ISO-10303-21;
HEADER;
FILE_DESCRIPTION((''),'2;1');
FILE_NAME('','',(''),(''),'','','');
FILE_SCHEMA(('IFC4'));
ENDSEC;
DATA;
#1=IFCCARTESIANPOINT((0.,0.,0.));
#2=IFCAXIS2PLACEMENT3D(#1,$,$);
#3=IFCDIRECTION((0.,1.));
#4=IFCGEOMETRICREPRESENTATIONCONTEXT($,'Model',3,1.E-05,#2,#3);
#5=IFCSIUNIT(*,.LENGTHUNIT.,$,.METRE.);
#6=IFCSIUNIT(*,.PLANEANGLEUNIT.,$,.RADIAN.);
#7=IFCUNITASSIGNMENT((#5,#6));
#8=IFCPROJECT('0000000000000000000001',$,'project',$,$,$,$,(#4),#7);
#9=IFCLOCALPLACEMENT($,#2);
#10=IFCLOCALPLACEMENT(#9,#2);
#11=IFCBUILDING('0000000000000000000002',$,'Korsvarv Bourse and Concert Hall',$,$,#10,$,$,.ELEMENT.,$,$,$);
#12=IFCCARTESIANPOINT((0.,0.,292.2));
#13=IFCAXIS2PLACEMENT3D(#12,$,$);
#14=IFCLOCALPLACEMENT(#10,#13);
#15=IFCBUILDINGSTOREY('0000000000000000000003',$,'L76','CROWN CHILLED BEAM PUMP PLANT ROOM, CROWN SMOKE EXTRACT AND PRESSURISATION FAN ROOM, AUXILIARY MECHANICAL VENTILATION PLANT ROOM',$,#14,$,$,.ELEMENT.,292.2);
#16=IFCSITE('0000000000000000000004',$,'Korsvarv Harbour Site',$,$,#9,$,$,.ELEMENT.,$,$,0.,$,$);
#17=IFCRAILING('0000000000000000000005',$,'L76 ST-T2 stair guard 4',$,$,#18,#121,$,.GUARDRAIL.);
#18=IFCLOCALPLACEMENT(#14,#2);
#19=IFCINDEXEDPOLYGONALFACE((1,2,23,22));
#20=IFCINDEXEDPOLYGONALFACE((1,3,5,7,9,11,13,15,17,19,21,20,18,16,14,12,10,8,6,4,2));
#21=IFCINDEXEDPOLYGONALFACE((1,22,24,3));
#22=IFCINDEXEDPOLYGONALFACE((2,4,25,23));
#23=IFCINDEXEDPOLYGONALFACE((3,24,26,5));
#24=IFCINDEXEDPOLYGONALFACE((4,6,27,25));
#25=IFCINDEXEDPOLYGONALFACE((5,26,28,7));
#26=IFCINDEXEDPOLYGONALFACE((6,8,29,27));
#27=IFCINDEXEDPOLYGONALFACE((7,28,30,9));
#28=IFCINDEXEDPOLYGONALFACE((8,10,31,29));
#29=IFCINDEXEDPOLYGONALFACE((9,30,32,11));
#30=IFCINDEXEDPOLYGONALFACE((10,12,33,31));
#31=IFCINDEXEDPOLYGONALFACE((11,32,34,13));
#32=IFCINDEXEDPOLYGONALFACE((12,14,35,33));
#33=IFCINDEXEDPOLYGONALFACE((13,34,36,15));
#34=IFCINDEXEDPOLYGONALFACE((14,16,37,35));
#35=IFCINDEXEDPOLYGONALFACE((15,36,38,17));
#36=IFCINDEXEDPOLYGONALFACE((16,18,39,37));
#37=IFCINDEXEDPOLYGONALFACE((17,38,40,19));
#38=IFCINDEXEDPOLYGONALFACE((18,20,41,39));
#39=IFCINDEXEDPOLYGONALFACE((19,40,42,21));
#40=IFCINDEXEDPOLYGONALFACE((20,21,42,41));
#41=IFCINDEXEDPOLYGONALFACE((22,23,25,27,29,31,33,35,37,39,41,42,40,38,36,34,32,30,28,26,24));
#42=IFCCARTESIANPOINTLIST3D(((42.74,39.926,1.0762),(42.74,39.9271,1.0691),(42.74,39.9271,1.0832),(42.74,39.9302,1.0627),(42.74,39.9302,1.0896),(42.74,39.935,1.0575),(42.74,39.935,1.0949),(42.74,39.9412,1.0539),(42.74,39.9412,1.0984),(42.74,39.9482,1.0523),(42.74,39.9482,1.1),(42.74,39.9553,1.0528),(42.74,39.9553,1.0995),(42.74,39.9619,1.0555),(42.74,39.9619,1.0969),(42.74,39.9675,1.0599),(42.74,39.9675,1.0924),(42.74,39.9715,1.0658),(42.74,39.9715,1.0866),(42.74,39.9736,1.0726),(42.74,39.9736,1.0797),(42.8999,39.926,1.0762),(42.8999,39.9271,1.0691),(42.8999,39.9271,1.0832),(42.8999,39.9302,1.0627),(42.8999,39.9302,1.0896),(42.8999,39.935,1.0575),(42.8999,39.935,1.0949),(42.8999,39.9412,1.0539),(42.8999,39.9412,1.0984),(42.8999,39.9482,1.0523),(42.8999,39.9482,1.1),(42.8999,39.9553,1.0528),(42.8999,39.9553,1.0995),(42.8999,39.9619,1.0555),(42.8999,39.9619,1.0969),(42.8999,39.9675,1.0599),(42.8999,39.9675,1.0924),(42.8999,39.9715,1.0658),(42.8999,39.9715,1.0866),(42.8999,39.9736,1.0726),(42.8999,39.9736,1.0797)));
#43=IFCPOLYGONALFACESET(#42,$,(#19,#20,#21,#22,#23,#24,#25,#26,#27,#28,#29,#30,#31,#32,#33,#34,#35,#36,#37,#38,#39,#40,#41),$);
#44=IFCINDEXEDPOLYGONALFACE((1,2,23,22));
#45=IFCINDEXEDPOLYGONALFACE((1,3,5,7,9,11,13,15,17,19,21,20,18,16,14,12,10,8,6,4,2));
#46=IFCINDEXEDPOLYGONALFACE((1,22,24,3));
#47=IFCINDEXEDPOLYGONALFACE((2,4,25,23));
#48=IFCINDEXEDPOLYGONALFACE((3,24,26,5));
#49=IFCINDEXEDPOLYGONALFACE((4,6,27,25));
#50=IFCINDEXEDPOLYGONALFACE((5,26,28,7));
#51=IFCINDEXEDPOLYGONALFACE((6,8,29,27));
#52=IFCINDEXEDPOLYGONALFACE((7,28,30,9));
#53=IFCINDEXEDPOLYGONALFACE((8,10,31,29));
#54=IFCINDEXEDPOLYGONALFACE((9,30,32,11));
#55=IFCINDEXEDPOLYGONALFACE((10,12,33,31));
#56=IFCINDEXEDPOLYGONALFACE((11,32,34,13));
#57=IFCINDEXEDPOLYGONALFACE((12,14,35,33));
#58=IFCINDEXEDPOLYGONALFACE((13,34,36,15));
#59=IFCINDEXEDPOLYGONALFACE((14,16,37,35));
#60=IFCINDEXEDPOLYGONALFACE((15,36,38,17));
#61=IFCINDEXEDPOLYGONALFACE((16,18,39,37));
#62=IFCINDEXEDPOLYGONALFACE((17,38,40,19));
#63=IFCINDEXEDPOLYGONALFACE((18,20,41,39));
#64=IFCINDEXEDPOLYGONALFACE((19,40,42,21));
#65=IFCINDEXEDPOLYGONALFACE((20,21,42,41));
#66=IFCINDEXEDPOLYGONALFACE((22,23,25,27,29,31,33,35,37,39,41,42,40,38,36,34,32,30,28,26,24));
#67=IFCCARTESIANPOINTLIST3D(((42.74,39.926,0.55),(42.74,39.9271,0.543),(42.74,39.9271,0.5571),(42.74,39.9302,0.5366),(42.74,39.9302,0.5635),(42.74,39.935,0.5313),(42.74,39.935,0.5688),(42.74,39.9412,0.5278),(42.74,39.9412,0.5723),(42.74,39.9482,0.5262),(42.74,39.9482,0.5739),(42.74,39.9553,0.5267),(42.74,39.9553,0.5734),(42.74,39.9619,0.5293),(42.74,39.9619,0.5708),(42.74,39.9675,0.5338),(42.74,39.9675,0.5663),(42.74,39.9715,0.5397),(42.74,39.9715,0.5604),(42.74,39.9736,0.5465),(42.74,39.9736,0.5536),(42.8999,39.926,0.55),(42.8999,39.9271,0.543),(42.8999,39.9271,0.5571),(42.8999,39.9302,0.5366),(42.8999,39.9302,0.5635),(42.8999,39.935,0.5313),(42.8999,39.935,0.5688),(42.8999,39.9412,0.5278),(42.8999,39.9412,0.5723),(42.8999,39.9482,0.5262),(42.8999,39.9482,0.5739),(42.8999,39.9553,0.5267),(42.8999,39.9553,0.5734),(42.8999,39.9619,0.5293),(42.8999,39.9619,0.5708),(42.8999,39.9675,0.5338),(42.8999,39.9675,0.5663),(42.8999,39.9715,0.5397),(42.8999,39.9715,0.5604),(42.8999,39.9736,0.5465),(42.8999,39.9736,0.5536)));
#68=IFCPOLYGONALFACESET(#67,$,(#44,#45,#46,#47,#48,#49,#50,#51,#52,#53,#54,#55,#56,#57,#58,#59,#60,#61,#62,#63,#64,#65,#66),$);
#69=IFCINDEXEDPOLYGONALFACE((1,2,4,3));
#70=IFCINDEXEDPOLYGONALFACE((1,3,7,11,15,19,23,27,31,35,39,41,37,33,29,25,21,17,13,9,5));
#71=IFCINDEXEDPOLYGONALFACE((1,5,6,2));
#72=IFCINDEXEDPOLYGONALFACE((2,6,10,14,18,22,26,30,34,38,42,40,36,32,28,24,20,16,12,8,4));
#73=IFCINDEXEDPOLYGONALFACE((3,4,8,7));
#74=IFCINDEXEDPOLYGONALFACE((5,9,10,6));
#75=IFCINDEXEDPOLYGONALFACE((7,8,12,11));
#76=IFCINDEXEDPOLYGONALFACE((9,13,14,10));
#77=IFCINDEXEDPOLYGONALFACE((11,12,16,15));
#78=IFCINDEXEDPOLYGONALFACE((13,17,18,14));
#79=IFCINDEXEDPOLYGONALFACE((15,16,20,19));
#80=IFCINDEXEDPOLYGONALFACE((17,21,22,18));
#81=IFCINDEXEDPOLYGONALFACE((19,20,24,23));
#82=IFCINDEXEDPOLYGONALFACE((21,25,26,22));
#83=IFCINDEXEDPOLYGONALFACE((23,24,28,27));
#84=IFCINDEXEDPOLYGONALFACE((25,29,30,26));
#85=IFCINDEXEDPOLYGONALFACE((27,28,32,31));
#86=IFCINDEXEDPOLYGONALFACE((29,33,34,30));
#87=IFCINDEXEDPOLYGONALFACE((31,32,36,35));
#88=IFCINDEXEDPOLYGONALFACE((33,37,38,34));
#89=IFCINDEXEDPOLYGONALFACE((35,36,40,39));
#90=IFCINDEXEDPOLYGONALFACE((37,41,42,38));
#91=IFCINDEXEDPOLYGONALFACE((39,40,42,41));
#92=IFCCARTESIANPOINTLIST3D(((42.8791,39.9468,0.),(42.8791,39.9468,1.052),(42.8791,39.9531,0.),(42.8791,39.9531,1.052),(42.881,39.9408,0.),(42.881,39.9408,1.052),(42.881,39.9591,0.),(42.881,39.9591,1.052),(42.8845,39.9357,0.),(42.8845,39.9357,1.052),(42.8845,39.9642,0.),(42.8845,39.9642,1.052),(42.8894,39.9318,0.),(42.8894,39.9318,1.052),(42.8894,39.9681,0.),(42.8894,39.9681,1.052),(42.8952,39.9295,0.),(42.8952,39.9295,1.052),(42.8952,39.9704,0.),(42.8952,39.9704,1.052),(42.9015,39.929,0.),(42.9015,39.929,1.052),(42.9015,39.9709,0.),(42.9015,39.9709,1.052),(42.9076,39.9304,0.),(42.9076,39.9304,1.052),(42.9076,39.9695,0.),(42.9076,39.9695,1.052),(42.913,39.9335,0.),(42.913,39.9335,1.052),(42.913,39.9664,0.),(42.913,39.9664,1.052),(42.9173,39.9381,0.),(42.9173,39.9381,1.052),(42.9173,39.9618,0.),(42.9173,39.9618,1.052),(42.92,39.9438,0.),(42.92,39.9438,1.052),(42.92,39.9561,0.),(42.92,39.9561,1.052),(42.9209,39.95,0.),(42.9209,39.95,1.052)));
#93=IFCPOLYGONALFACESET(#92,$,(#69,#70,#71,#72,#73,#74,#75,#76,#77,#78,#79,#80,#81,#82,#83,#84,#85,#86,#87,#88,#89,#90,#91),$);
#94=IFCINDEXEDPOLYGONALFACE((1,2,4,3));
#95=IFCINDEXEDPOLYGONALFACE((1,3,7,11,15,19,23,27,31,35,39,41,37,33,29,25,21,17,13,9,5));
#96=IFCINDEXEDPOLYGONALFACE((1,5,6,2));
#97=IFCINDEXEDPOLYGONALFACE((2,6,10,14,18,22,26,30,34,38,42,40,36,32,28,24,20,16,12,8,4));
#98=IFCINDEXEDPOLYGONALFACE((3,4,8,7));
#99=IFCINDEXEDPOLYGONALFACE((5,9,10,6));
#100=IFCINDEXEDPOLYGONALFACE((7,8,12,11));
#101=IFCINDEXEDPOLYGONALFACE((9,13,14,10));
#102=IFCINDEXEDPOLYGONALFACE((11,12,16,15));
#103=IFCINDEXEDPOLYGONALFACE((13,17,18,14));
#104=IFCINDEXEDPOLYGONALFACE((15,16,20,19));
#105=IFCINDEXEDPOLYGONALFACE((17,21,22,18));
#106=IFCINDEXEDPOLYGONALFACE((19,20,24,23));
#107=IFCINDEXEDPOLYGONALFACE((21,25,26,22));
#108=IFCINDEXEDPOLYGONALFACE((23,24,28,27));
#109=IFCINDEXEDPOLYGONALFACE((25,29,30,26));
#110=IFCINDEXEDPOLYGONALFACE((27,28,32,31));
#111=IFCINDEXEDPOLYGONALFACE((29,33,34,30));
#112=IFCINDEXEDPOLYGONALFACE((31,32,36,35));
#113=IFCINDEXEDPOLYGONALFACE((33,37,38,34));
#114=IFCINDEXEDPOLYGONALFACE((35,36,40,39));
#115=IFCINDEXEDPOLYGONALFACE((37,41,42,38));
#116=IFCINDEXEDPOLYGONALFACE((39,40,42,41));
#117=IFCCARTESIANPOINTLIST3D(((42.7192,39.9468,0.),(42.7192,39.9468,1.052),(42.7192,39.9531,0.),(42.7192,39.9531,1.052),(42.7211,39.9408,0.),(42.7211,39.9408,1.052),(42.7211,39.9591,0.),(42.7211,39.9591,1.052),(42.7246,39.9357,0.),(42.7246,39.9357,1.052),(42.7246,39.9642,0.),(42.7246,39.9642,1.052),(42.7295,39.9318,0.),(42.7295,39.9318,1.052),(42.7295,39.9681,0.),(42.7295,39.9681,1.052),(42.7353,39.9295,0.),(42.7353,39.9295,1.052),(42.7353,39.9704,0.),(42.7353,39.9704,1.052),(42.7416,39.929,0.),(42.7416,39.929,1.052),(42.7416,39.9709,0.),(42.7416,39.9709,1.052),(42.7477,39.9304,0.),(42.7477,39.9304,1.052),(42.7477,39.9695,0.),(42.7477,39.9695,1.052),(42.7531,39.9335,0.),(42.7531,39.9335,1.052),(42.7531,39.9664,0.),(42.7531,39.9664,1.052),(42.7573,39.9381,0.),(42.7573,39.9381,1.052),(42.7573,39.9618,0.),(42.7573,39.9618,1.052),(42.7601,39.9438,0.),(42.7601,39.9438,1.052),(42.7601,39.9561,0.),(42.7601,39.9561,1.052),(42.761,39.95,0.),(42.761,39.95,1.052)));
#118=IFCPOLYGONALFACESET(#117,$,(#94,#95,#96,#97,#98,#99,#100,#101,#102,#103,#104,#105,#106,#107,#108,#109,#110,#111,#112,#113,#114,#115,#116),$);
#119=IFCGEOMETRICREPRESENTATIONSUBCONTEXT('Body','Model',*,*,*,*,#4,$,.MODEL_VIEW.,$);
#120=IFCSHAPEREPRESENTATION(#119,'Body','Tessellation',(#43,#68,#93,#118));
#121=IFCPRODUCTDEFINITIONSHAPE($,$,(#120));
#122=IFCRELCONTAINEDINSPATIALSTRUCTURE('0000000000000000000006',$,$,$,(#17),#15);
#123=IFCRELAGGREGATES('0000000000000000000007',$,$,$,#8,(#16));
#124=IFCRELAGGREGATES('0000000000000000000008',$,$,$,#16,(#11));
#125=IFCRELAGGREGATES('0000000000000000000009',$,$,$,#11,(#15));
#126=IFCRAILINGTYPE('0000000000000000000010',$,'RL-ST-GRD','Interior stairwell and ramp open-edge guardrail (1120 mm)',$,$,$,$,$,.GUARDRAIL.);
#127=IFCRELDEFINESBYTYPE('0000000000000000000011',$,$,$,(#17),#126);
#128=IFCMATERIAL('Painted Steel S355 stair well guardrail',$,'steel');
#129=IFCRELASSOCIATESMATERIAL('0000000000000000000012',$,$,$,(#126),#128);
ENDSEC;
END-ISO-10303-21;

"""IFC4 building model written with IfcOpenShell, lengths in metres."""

from ifc_helpers import new_model, si_unit, direction, frame, origin, origin_2d, place, context, subcontext, project, spatial, circle, extrude, material, type_object, element, save


model = new_model("IFC4")

# Units and contexts
model_context = context("Model", 3, precision=1e-05, world=origin(), true_north=direction((0.0, 1.0)))
body_context = subcontext(model_context, "Body", "Model", "MODEL_VIEW")
ifc_project = project(units=[si_unit("LENGTHUNIT", "METRE"), si_unit("PLANEANGLEUNIT", "RADIAN")], contexts=[model_context])

# Site, building, storey
site_placement = place(None, origin())
site = spatial("IfcSite", under=ifc_project, at=site_placement, Name="Korsvarv Harbour Site", CompositionType="ELEMENT", RefElevation=0.0)
building_placement = place(site_placement, origin())
building = spatial("IfcBuilding", under=site, at=building_placement, Name="Korsvarv Bourse and Concert Hall", CompositionType="ELEMENT")
storey_placement = place(building_placement, frame((0.0, 0.0, 292.2)))
storey = spatial("IfcBuildingStorey", under=building, at=storey_placement, Name="L76", Description="CROWN CHILLED BEAM PUMP PLANT ROOM, CROWN SMOKE EXTRACT AND PRESSURISATION FAN ROOM, AUXILIARY MECHANICAL VENTILATION PLANT ROOM", CompositionType="ELEMENT", Elevation=292.2)

# Railing
ifc_material_1 = material(Name="Painted Steel S355 stair well guardrail", Category="steel")
railing_type_1 = type_object("IfcRailingType", Name="RL-ST-GRD", Description="Interior stairwell and ramp open-edge guardrail (1120 mm)", PredefinedType="GUARDRAIL", material=ifc_material_1)
railing_1_placement = place(storey_placement, frame((42.8999, 39.95, 0.0)))
element("IfcRailing", 1, at=railing_1_placement, inside=storey, type_object=railing_type_1, Name="L76 ST-T2 stair guard 4", PredefinedType="GUARDRAIL", context=body_context, shape_type="SweptSolid", body=[
    extrude(circle(Radius=0.0239, at=origin_2d()), frame((0.0, 0.0, 1.0762), z_axis=(-1.0, 0.0, 0.0), x_axis=(0.0, -1.0, 0.0)), (0.0, 0.0, 1.0), 0.1599),
    extrude(circle(Radius=0.0239, at=origin_2d()), frame((0.0, 0.0, 0.55), z_axis=(-1.0, 0.0, 0.0), x_axis=(0.0, -1.0, 0.0)), (0.0, 0.0, 1.0), 0.1599),
    extrude(circle(Radius=0.021, at=origin_2d()), origin(), (0.0, 0.0, 1.0), 1.052),
    extrude(circle(Radius=0.021, at=origin_2d()), frame((-0.1599, 0.0, 0.0)), (0.0, 0.0, 1.0), 1.052),
])

save(model, "model.ifc")
